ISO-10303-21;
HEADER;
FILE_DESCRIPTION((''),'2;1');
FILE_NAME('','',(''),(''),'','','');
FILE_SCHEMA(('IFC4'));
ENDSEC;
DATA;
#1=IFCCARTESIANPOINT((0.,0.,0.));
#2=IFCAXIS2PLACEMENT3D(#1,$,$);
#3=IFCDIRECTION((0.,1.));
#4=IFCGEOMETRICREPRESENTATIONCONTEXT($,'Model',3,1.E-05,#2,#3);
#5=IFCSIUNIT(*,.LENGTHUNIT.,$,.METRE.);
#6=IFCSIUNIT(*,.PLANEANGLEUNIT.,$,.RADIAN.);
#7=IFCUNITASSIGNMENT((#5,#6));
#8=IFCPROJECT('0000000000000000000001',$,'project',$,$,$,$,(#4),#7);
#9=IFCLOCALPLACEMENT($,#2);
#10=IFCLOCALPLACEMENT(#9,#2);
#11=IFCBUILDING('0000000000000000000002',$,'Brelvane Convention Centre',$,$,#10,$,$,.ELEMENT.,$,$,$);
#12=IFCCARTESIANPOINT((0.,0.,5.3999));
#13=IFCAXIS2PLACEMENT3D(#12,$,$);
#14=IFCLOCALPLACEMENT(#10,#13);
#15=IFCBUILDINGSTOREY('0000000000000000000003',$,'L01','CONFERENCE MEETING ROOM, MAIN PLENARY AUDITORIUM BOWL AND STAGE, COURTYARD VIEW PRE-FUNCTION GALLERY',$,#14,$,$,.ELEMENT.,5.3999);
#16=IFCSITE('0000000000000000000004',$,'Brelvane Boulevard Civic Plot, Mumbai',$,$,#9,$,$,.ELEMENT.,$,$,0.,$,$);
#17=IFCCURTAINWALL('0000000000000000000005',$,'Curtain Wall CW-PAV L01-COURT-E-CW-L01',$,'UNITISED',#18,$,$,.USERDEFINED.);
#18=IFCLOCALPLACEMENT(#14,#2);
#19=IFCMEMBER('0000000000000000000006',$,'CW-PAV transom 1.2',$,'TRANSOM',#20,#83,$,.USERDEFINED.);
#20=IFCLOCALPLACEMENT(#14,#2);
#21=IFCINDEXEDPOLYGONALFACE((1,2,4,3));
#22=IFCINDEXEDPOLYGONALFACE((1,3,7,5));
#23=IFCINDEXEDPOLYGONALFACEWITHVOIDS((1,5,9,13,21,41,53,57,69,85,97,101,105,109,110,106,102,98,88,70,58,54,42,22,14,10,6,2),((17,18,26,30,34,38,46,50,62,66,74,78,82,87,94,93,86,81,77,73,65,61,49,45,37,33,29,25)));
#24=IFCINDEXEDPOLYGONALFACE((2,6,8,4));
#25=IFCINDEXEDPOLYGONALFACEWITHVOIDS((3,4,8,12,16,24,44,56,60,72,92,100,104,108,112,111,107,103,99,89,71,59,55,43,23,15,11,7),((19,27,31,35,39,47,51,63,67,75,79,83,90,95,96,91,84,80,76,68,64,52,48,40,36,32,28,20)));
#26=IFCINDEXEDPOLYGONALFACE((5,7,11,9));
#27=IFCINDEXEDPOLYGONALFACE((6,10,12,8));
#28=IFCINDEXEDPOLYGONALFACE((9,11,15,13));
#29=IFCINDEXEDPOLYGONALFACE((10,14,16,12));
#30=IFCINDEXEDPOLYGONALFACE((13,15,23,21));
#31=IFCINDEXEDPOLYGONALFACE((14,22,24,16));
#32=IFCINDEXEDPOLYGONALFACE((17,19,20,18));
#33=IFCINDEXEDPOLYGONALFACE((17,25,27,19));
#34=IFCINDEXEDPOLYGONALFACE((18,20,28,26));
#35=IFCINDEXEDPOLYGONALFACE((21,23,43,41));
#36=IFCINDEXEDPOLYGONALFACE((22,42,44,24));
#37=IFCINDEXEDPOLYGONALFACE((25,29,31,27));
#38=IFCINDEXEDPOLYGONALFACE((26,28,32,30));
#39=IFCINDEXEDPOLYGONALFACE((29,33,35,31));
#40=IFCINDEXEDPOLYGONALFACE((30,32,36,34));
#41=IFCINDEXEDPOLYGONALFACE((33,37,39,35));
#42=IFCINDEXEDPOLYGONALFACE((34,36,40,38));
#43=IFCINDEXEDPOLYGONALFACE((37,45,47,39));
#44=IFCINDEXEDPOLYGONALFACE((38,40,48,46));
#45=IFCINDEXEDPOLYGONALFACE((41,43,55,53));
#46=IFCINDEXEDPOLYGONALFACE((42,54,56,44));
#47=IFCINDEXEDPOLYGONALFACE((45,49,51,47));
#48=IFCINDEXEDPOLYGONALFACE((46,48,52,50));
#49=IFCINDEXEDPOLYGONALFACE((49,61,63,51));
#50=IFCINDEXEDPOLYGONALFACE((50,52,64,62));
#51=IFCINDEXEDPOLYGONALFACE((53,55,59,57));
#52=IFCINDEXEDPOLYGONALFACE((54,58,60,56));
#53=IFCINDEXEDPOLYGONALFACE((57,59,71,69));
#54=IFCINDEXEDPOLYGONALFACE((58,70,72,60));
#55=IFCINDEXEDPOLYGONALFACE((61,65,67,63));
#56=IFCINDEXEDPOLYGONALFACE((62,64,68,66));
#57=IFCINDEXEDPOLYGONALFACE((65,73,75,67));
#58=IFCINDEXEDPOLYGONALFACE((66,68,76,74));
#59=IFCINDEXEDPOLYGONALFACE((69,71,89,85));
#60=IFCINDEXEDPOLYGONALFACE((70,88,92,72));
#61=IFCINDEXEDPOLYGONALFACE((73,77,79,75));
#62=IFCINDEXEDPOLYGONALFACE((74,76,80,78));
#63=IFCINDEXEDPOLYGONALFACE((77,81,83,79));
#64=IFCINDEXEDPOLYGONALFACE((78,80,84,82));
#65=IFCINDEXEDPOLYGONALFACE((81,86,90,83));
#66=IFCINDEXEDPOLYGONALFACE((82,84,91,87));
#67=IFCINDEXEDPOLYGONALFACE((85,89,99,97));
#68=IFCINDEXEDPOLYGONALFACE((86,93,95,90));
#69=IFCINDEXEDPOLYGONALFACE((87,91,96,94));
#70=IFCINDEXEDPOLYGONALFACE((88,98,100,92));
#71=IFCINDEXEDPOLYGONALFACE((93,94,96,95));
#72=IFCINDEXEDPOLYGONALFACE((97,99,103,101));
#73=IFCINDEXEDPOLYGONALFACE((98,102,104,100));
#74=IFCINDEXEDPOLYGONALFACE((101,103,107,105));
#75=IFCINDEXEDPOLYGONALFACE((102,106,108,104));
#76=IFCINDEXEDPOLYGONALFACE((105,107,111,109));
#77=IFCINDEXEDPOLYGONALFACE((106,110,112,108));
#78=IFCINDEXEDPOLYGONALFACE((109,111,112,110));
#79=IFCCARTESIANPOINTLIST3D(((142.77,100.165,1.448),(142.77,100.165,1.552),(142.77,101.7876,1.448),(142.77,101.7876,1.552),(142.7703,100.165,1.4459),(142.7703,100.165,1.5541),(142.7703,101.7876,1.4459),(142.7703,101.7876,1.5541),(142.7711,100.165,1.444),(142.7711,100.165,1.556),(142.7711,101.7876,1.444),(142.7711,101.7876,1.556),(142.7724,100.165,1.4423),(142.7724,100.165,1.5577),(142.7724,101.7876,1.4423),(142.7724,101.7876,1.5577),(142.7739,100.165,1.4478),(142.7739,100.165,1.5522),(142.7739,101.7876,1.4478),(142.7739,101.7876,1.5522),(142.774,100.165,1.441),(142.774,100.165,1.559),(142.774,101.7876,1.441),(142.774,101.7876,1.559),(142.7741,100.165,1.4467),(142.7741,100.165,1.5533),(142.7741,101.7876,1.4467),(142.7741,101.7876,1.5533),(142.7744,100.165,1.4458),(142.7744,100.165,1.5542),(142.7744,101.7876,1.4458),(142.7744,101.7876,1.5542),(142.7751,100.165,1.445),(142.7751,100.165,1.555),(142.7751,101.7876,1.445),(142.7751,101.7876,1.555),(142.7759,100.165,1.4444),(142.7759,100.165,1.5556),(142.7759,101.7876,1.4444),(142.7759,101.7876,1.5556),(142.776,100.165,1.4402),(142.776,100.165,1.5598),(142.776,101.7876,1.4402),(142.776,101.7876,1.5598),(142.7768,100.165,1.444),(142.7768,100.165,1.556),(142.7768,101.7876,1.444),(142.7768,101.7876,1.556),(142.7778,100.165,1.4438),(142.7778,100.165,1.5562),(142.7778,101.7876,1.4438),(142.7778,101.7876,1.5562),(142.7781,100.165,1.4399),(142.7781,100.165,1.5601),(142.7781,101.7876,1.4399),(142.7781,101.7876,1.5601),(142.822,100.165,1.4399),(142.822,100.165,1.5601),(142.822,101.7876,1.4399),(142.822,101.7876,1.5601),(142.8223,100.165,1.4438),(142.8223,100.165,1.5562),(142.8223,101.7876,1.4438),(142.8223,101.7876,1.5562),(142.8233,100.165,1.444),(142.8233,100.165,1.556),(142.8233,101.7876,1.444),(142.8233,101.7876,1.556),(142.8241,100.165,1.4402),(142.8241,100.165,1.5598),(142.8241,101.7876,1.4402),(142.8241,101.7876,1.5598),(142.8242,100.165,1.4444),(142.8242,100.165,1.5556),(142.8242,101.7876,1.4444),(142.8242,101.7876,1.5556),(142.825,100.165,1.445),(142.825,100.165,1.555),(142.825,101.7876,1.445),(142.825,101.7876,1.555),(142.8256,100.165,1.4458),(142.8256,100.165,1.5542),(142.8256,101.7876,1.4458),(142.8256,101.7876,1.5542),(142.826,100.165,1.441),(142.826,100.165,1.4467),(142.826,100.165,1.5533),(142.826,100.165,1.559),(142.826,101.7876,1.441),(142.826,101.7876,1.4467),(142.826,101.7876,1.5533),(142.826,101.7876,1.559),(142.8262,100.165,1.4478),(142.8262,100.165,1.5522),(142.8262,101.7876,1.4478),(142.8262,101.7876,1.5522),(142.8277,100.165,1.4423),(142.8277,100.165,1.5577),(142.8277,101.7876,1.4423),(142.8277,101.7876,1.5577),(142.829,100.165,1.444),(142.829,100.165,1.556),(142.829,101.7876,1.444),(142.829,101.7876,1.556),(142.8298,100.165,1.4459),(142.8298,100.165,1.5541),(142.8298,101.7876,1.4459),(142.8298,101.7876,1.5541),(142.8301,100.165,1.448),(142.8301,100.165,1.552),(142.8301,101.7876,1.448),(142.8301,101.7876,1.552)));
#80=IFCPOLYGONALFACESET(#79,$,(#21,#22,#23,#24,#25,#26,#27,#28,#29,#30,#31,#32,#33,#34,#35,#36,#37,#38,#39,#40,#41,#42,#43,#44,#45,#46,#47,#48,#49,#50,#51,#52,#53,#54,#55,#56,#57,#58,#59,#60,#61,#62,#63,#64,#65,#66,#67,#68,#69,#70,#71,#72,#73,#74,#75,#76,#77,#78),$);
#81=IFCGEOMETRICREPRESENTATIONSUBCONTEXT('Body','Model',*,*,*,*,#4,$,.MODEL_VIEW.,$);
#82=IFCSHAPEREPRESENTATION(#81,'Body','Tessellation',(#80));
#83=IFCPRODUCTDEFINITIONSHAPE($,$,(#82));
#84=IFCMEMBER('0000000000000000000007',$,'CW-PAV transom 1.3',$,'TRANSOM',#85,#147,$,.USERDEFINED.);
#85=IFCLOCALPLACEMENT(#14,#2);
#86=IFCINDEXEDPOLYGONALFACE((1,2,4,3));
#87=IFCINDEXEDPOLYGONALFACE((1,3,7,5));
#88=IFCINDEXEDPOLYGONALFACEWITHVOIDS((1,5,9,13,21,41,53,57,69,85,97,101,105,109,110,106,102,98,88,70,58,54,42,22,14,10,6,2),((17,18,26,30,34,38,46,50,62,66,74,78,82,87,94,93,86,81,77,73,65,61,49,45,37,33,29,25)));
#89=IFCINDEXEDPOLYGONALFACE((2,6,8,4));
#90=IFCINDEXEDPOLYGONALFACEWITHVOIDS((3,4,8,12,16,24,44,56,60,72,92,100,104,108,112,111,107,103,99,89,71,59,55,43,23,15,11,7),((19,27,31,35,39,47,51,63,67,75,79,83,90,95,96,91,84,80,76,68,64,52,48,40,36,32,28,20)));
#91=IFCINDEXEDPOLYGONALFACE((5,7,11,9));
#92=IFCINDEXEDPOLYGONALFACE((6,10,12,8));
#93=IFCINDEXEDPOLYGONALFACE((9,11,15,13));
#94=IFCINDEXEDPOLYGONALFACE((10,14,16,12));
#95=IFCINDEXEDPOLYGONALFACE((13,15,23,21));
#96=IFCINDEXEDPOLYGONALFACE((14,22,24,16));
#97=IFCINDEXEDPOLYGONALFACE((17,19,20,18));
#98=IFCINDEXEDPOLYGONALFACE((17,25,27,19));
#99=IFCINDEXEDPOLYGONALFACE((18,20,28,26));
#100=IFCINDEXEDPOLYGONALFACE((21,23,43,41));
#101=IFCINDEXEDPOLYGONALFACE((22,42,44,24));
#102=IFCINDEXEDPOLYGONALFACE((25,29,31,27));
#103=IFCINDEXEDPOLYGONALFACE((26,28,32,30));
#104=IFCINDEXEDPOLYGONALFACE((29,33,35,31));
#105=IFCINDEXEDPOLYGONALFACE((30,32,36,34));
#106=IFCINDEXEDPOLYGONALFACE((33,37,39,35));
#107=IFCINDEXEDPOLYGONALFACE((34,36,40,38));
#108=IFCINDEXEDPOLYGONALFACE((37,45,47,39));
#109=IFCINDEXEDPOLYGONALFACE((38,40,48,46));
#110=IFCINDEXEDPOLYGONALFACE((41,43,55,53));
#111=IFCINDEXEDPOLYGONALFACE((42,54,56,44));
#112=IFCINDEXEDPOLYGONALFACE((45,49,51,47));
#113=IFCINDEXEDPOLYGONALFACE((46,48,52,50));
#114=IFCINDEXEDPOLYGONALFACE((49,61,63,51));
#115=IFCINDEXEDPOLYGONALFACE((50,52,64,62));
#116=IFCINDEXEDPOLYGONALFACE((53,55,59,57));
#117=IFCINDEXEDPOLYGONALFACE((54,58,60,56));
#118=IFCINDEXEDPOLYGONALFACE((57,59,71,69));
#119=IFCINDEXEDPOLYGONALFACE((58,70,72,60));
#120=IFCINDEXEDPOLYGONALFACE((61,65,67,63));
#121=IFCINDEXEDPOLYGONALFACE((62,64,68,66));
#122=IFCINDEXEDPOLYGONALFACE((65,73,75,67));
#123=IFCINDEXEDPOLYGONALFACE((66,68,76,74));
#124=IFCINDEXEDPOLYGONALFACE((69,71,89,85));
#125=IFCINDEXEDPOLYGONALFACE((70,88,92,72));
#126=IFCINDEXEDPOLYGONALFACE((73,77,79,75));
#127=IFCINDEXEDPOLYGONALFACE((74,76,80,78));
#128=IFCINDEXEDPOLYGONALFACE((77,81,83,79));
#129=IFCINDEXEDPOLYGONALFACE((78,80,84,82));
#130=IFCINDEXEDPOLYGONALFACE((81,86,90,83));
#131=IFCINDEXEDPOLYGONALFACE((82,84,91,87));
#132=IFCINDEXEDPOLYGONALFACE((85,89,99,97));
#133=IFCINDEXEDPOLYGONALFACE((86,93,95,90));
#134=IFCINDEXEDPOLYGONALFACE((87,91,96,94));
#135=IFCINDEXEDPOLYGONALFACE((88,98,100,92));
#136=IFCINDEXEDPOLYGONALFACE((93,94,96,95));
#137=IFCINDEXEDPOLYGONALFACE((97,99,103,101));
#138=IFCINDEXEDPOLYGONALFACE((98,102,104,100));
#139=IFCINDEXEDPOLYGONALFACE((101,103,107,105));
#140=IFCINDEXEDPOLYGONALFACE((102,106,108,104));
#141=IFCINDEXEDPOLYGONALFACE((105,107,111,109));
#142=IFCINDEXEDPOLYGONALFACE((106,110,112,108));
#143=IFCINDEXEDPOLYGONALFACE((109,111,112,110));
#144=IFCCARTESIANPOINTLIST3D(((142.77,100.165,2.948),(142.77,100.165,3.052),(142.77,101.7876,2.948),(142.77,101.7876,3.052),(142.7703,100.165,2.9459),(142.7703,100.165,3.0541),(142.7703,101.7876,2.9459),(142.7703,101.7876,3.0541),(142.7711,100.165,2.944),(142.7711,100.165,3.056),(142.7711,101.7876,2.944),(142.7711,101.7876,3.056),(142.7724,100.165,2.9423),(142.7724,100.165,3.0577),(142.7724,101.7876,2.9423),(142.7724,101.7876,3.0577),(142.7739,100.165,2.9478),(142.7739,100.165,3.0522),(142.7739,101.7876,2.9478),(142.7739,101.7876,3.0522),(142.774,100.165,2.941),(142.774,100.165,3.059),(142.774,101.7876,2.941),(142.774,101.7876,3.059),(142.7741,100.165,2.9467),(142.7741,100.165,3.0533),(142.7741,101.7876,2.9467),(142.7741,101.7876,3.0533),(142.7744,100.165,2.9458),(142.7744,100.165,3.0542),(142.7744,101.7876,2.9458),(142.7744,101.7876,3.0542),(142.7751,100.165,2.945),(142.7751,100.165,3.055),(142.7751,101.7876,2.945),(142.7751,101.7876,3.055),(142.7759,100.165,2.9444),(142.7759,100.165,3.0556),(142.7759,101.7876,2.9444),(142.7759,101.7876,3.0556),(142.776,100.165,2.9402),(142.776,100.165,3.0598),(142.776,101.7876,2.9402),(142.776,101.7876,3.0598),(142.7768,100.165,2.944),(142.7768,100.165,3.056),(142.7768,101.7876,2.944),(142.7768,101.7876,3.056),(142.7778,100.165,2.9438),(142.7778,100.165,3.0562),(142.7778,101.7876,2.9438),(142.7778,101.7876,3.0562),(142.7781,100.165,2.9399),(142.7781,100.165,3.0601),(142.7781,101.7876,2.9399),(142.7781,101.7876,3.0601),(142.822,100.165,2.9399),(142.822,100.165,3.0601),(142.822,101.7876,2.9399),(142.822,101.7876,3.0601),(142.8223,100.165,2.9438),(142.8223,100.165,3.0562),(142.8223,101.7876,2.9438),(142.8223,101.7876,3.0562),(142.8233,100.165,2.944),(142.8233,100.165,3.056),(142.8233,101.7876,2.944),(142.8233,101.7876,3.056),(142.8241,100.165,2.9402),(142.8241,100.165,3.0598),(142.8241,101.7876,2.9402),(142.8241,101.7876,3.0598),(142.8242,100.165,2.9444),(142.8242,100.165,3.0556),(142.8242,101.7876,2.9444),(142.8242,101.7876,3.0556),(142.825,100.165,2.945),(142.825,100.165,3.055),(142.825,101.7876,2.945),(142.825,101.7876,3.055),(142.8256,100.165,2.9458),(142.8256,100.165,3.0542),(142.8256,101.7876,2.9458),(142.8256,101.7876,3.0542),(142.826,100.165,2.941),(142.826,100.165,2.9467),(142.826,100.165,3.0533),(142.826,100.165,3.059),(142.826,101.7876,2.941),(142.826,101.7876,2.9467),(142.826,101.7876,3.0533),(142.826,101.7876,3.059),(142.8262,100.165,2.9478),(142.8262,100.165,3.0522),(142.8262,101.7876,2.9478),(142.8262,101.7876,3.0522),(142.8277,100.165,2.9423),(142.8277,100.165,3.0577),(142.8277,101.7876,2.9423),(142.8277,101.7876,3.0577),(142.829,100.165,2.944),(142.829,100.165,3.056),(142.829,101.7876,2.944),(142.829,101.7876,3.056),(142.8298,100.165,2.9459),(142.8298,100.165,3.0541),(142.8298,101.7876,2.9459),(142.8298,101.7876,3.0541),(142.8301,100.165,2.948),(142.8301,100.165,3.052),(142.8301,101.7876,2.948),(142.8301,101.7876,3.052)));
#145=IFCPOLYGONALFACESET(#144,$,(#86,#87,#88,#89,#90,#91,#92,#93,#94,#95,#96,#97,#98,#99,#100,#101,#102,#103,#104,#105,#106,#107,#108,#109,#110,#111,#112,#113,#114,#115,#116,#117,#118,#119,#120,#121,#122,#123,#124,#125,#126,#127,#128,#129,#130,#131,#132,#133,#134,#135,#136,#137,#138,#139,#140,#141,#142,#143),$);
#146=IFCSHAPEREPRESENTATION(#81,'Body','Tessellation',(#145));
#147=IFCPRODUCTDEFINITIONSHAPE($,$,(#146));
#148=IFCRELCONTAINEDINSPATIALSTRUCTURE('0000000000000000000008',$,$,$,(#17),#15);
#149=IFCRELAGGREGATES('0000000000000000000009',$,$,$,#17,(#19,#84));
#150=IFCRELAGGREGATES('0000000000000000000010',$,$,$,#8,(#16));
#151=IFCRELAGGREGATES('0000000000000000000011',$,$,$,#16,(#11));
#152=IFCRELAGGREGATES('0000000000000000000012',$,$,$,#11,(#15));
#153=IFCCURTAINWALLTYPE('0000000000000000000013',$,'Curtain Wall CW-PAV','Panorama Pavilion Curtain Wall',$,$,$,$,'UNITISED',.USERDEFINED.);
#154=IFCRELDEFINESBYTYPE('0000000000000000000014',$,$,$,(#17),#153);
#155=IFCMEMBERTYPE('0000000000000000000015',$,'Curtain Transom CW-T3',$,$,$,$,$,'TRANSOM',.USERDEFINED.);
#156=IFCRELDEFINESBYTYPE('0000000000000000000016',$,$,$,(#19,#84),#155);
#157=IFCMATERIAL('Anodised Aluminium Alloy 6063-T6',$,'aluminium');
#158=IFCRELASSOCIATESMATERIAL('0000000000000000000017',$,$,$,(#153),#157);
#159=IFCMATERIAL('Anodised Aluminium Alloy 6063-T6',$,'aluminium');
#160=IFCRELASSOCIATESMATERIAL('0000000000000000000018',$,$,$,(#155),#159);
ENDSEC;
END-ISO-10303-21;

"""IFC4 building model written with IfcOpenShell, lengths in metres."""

from ifc_helpers import new_model, si_unit, direction, frame, origin, origin_2d, place, context, subcontext, project, spatial, hollow_rectangle, extrude, material, material_profile, profile_set, type_object, element, aggregate, save


model = new_model("IFC4")

# Units and contexts
model_context = context("Model", 3, precision=1e-05, world=origin(), true_north=direction((0.0, 1.0)))
body_context = subcontext(model_context, "Body", "Model", "MODEL_VIEW")
ifc_project = project(units=[si_unit("LENGTHUNIT", "METRE"), si_unit("PLANEANGLEUNIT", "RADIAN")], contexts=[model_context])

# Site, building, storey
site_placement = place(None, origin())
site = spatial("IfcSite", under=ifc_project, at=site_placement, Name="Brelvane Boulevard Civic Plot, Mumbai", CompositionType="ELEMENT", RefElevation=0.0)
building_placement = place(site_placement, origin())
building = spatial("IfcBuilding", under=site, at=building_placement, Name="Brelvane Convention Centre", CompositionType="ELEMENT")
storey_placement = place(building_placement, frame((0.0, 0.0, 5.3999)))
storey = spatial("IfcBuildingStorey", under=building, at=storey_placement, Name="L01", Description="CONFERENCE MEETING ROOM, MAIN PLENARY AUDITORIUM BOWL AND STAGE, COURTYARD VIEW PRE-FUNCTION GALLERY", CompositionType="ELEMENT", Elevation=5.3999)

# Curtain wall, members
ifc_material_1 = material(Name="Anodised Aluminium Alloy 6063-T6", Category="aluminium")
curtain_wall_type = type_object("IfcCurtainWallType", Name="Curtain Wall CW-PAV", Description="Panorama Pavilion Curtain Wall", ElementType="UNITISED", PredefinedType="USERDEFINED", material=ifc_material_1)
curtain_wall_placement = place(storey_placement, origin())
curtain_wall = element("IfcCurtainWall", 1, at=curtain_wall_placement, inside=storey, type_object=curtain_wall_type, Name="Curtain Wall CW-PAV L01-COURT-E-CW-L01", ObjectType="UNITISED", PredefinedType="USERDEFINED")
ifc_material_2 = material(Name="Anodised Aluminium Alloy 6063-T6", Category="aluminium")
ifc_material_profile_1 = material_profile(ifc_material_2, hollow_rectangle(XDim=0.0601, YDim=0.1201, WallThickness=0.0039, InnerFilletRadius=0.0039, OuterFilletRadius=0.0081, at=origin_2d()), Name="ALU-T 120x60x4.0")
ifc_profile_set_1 = profile_set([ifc_material_profile_1], Name="Anodised Aluminium Alloy 6063-T6")
member_type_1 = type_object("IfcMemberType", Name="Curtain Transom CW-T3", ElementType="TRANSOM", PredefinedType="USERDEFINED", material=ifc_profile_set_1)
member_1_placement = place(storey_placement, frame((142.8, 100.165, 1.5), z_axis=(0.0, 1.0, 0.0), x_axis=(-1.0, 0.0, 0.0)))
member_1 = element("IfcMember", 2, at=member_1_placement, type_object=member_type_1, Name="CW-PAV transom 1.2", ObjectType="TRANSOM", PredefinedType="USERDEFINED", context=body_context, shape_type="SweptSolid", body=[
    extrude(hollow_rectangle(XDim=0.0601, YDim=0.1201, WallThickness=0.0039, InnerFilletRadius=0.0039, OuterFilletRadius=0.0081, at=origin_2d()), origin(), (0.0, 0.0, 1.0), 1.6226),
])
member_2_placement = place(storey_placement, frame((142.8, 100.165, 3.0), z_axis=(0.0, 1.0, 0.0), x_axis=(-1.0, 0.0, 0.0)))
member_2 = element("IfcMember", 3, at=member_2_placement, type_object=member_type_1, Name="CW-PAV transom 1.3", ObjectType="TRANSOM", PredefinedType="USERDEFINED", context=body_context, shape_type="SweptSolid", body=[
    extrude(hollow_rectangle(XDim=0.0601, YDim=0.1201, WallThickness=0.0039, InnerFilletRadius=0.0039, OuterFilletRadius=0.0081, at=origin_2d()), origin(), (0.0, 0.0, 1.0), 1.6226),
])

aggregate(curtain_wall, [member_1, member_2])

save(model, "model.ifc")
